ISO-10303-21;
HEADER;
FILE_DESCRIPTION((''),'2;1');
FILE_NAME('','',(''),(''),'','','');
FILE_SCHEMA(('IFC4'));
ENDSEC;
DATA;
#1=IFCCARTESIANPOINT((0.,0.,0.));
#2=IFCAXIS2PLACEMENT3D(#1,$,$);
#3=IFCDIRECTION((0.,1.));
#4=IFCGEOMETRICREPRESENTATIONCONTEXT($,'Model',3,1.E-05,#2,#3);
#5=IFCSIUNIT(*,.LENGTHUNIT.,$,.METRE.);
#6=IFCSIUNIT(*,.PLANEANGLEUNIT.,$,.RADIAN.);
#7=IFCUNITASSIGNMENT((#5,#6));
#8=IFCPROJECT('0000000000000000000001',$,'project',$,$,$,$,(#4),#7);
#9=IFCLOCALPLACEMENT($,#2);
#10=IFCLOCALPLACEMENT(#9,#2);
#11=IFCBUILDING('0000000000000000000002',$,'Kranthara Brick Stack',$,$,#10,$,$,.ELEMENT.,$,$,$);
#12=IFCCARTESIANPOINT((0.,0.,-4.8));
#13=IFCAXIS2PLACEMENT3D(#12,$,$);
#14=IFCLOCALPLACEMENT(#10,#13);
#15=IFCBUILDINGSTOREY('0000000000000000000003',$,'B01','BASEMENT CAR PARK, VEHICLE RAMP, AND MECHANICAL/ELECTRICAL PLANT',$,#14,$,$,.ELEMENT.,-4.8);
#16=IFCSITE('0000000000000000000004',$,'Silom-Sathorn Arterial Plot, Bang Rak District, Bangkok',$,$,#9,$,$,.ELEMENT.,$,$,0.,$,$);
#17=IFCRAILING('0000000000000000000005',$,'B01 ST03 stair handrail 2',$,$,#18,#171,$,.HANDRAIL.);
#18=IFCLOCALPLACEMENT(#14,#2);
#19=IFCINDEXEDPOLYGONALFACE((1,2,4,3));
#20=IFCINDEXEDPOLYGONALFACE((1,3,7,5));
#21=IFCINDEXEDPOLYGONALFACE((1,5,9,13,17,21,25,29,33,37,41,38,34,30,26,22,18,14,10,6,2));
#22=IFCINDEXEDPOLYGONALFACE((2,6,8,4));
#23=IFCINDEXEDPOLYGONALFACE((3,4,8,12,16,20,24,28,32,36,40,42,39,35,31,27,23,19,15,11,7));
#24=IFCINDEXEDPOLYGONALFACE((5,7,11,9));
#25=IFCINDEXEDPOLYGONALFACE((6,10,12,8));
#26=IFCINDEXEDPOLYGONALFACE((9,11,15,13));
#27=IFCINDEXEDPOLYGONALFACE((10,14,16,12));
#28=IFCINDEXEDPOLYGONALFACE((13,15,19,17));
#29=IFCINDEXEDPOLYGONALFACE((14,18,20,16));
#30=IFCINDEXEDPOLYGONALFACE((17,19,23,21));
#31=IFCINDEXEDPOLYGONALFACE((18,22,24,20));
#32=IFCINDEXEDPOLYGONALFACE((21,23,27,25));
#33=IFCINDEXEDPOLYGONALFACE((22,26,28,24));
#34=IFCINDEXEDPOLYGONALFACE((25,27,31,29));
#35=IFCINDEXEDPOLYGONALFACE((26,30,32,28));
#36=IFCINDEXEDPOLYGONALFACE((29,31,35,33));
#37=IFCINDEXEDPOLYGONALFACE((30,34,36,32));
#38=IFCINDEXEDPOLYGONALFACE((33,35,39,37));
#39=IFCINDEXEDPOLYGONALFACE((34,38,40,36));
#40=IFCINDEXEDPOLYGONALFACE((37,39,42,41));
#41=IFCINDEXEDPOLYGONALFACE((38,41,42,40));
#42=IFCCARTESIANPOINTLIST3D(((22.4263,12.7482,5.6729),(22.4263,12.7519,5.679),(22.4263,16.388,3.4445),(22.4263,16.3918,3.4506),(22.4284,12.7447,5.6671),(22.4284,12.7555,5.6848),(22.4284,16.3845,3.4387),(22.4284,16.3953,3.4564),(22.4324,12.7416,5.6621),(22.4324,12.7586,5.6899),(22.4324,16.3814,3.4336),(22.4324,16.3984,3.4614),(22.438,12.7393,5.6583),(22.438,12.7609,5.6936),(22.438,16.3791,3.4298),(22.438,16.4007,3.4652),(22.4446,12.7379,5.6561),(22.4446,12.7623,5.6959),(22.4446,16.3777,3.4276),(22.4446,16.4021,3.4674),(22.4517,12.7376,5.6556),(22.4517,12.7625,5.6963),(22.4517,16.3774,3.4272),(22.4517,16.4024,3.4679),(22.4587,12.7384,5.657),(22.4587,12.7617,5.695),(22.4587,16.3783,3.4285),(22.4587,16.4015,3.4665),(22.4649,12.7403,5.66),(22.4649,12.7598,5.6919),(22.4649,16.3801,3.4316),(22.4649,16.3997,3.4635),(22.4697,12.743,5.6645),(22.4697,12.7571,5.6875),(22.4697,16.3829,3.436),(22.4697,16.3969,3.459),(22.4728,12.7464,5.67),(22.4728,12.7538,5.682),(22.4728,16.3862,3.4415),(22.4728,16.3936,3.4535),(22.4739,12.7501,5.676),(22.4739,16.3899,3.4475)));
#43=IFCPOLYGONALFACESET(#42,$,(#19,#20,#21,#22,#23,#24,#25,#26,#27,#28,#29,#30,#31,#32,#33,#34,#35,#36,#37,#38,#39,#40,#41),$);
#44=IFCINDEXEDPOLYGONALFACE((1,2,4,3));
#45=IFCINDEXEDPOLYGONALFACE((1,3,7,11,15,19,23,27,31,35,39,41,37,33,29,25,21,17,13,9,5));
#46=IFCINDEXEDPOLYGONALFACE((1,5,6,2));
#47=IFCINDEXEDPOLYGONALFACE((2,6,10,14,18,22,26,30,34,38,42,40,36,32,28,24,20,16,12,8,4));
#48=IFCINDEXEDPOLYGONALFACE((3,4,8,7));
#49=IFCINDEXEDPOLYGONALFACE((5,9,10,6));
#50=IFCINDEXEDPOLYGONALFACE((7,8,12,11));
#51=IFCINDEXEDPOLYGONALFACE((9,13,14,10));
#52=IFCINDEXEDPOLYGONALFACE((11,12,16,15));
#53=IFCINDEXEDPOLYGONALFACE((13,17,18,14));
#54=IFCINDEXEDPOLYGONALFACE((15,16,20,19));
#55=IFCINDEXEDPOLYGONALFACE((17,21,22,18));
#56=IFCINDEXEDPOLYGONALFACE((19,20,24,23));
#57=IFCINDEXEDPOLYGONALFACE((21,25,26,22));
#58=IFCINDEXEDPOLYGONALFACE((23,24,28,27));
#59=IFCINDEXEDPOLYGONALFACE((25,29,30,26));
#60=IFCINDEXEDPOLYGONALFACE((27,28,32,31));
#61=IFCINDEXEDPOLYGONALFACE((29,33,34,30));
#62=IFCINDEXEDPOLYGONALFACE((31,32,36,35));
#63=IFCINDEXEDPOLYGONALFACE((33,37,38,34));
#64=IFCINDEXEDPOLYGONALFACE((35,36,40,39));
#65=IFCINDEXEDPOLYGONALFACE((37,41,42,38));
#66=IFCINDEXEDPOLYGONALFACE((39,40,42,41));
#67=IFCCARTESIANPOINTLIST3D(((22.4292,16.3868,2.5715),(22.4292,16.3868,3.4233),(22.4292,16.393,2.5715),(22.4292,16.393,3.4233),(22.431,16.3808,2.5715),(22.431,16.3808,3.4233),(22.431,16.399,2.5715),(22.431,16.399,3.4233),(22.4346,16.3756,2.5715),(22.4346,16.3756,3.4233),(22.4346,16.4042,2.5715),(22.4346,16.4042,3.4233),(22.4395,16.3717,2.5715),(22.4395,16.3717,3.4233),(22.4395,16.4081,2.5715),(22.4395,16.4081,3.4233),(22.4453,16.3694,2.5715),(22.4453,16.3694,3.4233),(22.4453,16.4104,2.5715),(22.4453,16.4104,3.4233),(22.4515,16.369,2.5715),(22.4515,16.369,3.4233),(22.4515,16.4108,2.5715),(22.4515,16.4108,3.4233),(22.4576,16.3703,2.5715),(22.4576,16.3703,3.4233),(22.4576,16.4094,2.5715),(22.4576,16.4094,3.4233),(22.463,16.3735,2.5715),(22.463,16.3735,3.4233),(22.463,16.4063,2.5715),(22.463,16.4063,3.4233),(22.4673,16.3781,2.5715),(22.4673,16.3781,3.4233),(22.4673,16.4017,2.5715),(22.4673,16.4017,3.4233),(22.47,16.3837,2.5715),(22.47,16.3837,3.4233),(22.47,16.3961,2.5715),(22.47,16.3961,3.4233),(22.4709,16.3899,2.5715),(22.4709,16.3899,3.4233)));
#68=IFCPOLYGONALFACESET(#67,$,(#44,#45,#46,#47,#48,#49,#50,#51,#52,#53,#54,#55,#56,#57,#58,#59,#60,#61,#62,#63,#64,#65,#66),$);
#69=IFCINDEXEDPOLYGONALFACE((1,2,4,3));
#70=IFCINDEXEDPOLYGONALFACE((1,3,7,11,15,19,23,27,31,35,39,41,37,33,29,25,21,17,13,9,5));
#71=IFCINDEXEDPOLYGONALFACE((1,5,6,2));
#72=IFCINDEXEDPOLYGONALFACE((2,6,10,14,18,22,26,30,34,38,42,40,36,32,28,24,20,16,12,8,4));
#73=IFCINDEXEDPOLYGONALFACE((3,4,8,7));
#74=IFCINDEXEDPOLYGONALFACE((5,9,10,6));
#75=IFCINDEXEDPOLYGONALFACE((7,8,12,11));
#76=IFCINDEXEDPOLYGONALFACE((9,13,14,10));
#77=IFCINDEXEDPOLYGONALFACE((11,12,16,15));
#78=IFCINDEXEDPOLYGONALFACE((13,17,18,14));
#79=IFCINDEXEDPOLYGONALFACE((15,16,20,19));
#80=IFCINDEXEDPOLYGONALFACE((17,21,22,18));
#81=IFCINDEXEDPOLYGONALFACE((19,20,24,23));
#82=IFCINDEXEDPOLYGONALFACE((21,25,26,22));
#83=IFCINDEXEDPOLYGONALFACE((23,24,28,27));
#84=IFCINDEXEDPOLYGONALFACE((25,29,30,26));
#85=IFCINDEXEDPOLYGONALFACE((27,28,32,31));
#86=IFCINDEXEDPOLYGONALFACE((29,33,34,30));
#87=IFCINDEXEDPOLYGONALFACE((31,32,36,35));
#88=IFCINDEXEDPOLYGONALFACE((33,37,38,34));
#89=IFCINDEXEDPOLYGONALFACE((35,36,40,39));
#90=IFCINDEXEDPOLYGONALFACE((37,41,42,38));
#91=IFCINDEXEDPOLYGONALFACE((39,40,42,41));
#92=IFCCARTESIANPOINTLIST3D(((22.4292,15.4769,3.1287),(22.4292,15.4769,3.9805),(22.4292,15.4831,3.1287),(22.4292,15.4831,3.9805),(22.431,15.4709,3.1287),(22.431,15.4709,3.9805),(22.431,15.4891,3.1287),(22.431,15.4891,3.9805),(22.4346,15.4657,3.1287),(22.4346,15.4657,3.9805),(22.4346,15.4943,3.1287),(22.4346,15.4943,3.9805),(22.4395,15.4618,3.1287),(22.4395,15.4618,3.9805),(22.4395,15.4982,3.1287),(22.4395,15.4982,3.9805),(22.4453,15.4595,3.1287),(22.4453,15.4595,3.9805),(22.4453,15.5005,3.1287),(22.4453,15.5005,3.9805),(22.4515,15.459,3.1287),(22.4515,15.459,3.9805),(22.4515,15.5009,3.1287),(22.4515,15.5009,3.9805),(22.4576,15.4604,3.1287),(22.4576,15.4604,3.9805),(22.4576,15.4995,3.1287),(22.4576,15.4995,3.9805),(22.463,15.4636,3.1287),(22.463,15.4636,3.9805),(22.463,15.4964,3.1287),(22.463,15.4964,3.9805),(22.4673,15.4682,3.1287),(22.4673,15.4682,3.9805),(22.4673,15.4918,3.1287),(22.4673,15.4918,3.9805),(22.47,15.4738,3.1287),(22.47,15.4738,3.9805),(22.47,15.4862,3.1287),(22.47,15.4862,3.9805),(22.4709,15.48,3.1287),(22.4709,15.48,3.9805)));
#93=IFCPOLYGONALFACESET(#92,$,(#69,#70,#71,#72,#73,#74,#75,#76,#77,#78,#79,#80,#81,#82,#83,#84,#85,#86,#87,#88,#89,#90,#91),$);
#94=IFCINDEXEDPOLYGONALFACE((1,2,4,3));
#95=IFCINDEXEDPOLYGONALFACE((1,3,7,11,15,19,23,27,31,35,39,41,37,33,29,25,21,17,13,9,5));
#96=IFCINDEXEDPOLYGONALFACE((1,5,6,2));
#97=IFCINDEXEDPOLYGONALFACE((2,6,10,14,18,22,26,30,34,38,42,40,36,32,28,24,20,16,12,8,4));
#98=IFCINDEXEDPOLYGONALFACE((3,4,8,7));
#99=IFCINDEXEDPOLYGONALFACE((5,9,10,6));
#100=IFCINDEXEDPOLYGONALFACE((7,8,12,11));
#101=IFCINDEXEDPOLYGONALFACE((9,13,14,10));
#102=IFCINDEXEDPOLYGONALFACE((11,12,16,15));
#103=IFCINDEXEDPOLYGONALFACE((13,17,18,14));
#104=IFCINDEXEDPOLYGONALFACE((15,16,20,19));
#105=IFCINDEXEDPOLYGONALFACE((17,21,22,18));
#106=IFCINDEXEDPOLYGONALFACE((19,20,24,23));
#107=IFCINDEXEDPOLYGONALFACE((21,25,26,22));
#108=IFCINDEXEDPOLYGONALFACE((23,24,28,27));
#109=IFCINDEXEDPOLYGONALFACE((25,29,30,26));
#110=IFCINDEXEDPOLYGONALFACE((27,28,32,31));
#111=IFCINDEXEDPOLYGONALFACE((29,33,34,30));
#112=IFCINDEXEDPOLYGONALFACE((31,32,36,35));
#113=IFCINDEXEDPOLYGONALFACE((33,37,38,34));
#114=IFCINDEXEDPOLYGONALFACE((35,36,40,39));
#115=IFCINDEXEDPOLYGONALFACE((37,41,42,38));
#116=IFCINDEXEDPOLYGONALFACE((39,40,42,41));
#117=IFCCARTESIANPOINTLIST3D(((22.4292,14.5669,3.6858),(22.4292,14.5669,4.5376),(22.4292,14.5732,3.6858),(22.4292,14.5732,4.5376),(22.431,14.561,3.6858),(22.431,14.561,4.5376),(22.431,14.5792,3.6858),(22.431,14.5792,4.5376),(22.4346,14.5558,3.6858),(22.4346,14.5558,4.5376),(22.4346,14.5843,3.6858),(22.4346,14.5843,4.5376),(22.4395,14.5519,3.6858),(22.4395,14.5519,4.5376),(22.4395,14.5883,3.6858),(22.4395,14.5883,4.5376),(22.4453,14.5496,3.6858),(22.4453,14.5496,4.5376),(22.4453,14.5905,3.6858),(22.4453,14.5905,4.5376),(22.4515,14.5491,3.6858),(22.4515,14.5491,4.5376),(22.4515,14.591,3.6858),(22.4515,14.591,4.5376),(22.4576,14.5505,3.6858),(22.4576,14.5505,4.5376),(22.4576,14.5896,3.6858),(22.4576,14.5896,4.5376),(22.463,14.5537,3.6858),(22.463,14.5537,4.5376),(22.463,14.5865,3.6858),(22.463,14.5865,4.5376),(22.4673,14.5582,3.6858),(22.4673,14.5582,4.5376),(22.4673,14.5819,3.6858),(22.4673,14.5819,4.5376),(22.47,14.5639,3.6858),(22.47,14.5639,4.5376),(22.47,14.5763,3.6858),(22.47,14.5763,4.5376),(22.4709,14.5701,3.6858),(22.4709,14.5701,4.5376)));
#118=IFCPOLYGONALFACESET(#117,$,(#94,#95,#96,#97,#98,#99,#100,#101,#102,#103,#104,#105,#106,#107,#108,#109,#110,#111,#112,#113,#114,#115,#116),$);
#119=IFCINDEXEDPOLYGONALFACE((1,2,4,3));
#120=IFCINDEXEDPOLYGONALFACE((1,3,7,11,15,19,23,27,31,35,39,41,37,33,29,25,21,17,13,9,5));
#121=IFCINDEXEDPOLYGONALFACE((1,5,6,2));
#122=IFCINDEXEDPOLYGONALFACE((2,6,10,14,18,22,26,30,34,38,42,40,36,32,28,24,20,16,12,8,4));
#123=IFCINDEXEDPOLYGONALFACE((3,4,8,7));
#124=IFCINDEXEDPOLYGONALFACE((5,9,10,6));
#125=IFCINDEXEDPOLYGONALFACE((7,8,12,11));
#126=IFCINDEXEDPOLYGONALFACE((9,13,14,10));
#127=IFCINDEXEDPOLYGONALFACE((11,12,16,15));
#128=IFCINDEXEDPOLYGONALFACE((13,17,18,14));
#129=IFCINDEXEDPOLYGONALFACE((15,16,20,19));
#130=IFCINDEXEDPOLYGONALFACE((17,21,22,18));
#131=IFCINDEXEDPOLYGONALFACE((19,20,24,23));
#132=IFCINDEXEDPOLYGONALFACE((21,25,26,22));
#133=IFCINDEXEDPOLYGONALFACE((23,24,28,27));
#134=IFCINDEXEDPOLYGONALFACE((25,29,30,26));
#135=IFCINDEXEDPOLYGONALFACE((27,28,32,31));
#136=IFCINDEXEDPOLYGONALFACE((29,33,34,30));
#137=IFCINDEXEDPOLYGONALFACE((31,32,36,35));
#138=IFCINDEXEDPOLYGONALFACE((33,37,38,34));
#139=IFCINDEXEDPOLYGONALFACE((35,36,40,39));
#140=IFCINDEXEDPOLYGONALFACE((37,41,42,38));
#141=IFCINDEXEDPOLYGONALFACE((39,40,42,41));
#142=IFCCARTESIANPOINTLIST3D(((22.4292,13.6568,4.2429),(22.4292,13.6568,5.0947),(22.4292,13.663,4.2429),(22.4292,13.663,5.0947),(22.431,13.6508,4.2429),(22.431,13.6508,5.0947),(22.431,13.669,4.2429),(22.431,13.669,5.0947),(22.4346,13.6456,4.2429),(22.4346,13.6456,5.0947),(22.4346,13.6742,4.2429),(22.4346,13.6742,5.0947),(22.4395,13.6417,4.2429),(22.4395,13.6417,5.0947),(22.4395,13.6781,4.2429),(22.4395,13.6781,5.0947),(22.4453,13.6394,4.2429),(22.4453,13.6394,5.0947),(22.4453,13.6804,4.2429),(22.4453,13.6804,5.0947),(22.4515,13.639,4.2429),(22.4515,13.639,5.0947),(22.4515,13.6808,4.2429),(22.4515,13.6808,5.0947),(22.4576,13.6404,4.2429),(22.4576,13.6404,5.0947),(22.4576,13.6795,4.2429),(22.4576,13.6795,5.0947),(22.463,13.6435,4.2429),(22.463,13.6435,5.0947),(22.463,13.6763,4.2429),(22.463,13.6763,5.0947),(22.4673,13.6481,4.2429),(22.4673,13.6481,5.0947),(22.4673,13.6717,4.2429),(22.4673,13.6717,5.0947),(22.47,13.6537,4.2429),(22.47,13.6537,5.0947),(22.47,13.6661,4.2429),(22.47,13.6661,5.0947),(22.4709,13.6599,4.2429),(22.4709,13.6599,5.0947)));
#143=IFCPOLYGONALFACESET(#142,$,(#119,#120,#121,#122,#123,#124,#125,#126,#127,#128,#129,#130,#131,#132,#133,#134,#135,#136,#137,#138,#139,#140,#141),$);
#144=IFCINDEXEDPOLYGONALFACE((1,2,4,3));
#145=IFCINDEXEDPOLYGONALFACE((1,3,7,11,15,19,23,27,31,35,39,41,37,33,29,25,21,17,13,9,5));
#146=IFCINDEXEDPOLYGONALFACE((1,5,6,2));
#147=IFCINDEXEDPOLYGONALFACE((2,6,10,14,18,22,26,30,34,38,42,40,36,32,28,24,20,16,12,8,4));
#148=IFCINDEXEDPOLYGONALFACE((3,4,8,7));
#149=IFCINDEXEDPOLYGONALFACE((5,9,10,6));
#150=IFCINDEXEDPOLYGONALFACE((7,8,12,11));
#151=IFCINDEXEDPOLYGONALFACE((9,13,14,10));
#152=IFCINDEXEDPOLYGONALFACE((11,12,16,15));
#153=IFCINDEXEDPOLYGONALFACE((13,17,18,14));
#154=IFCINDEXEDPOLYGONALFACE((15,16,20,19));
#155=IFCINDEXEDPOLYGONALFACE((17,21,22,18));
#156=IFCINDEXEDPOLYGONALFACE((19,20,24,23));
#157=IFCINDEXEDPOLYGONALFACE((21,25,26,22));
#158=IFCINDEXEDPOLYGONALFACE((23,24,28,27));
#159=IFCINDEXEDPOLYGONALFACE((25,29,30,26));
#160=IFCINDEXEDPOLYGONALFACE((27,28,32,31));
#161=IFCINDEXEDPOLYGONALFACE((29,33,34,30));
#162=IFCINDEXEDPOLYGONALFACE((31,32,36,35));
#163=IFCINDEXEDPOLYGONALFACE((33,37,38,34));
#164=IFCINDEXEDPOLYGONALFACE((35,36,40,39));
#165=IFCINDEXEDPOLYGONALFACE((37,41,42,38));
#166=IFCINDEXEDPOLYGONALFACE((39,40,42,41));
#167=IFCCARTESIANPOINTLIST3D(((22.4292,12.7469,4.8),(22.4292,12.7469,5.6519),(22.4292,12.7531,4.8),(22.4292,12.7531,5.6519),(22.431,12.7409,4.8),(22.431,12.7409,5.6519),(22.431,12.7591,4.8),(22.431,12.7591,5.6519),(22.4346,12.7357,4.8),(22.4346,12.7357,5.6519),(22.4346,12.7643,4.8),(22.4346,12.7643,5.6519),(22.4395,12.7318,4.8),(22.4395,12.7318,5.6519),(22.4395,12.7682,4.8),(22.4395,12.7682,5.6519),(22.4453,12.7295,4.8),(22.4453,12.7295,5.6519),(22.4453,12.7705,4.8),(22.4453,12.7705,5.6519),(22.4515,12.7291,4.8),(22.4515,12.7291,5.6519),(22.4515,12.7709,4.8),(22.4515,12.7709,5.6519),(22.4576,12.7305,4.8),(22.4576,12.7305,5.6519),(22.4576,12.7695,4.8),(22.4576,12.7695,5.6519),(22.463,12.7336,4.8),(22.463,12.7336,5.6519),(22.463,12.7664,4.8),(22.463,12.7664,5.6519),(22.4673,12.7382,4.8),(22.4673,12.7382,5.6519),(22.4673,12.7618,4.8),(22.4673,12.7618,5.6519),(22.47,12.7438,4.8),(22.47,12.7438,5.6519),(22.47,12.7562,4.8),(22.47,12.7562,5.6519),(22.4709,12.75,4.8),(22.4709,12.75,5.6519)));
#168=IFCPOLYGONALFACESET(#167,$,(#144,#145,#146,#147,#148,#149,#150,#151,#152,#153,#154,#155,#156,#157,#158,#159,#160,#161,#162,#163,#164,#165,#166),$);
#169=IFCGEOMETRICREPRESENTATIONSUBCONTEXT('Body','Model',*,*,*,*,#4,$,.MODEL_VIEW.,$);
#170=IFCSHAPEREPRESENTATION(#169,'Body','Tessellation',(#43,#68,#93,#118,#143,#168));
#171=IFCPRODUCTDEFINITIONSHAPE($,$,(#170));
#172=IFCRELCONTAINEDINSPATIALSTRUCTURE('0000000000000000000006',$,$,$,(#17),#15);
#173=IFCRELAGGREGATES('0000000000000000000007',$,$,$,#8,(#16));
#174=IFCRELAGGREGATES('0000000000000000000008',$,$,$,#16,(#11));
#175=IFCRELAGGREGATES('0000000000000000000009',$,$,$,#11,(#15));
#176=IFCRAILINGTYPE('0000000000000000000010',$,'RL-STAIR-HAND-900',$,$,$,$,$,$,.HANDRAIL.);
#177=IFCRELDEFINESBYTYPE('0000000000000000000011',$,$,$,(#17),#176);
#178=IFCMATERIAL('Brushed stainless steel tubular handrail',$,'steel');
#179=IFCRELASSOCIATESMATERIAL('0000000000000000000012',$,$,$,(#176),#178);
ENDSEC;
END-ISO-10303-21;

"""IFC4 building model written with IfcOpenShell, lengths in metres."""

from ifc_helpers import new_model, si_unit, direction, frame, origin, origin_2d, place, context, subcontext, project, spatial, circle, extrude, material, type_object, element, save


model = new_model("IFC4")

# Units and contexts
model_context = context("Model", 3, precision=1e-05, world=origin(), true_north=direction((0.0, 1.0)))
body_context = subcontext(model_context, "Body", "Model", "MODEL_VIEW")
ifc_project = project(units=[si_unit("LENGTHUNIT", "METRE"), si_unit("PLANEANGLEUNIT", "RADIAN")], contexts=[model_context])

# Site, building, storey
site_placement = place(None, origin())
site = spatial("IfcSite", under=ifc_project, at=site_placement, Name="Silom-Sathorn Arterial Plot, Bang Rak District, Bangkok", CompositionType="ELEMENT", RefElevation=0.0)
building_placement = place(site_placement, origin())
building = spatial("IfcBuilding", under=site, at=building_placement, Name="Kranthara Brick Stack", CompositionType="ELEMENT")
storey_placement = place(building_placement, frame((0.0, 0.0, -4.8)))
storey = spatial("IfcBuildingStorey", under=building, at=storey_placement, Name="B01", Description="BASEMENT CAR PARK, VEHICLE RAMP, AND MECHANICAL/ELECTRICAL PLANT", CompositionType="ELEMENT", Elevation=-4.8)

# Railing
ifc_material_1 = material(Name="Brushed stainless steel tubular handrail", Category="steel")
railing_type_1 = type_object("IfcRailingType", Name="RL-STAIR-HAND-900", PredefinedType="HANDRAIL", material=ifc_material_1)
railing_1_placement = place(storey_placement, frame((22.45, 16.3899, 2.5715)))
element("IfcRailing", 1, at=railing_1_placement, inside=storey, type_object=railing_type_1, Name="B01 ST03 stair handrail 2", PredefinedType="HANDRAIL", context=body_context, shape_type="SweptSolid", body=[
    extrude(circle(Radius=0.0239, at=origin_2d()), frame((0.0, 0.0, 0.876), z_axis=(0.0, -0.85285, 0.522156), x_axis=(1.0, 0.0, 0.0)), (0.0, 0.0, 1.0), 4.2678),
    extrude(circle(Radius=0.021, at=origin_2d()), origin(), (0.0, 0.0, 1.0), 0.8518),
    extrude(circle(Radius=0.021, at=origin_2d()), frame((0.0, -0.9099, 0.5571)), (0.0, 0.0, 1.0), 0.8518),
    extrude(circle(Radius=0.021, at=origin_2d()), frame((0.0, -1.8198, 1.1143)), (0.0, 0.0, 1.0), 0.8518),
    extrude(circle(Radius=0.021, at=origin_2d()), frame((0.0, -2.73, 1.6714)), (0.0, 0.0, 1.0), 0.8518),
    extrude(circle(Radius=0.021, at=origin_2d()), frame((0.0, -3.6399, 2.2285)), (0.0, 0.0, 1.0), 0.8518),
])

save(model, "model.ifc")
